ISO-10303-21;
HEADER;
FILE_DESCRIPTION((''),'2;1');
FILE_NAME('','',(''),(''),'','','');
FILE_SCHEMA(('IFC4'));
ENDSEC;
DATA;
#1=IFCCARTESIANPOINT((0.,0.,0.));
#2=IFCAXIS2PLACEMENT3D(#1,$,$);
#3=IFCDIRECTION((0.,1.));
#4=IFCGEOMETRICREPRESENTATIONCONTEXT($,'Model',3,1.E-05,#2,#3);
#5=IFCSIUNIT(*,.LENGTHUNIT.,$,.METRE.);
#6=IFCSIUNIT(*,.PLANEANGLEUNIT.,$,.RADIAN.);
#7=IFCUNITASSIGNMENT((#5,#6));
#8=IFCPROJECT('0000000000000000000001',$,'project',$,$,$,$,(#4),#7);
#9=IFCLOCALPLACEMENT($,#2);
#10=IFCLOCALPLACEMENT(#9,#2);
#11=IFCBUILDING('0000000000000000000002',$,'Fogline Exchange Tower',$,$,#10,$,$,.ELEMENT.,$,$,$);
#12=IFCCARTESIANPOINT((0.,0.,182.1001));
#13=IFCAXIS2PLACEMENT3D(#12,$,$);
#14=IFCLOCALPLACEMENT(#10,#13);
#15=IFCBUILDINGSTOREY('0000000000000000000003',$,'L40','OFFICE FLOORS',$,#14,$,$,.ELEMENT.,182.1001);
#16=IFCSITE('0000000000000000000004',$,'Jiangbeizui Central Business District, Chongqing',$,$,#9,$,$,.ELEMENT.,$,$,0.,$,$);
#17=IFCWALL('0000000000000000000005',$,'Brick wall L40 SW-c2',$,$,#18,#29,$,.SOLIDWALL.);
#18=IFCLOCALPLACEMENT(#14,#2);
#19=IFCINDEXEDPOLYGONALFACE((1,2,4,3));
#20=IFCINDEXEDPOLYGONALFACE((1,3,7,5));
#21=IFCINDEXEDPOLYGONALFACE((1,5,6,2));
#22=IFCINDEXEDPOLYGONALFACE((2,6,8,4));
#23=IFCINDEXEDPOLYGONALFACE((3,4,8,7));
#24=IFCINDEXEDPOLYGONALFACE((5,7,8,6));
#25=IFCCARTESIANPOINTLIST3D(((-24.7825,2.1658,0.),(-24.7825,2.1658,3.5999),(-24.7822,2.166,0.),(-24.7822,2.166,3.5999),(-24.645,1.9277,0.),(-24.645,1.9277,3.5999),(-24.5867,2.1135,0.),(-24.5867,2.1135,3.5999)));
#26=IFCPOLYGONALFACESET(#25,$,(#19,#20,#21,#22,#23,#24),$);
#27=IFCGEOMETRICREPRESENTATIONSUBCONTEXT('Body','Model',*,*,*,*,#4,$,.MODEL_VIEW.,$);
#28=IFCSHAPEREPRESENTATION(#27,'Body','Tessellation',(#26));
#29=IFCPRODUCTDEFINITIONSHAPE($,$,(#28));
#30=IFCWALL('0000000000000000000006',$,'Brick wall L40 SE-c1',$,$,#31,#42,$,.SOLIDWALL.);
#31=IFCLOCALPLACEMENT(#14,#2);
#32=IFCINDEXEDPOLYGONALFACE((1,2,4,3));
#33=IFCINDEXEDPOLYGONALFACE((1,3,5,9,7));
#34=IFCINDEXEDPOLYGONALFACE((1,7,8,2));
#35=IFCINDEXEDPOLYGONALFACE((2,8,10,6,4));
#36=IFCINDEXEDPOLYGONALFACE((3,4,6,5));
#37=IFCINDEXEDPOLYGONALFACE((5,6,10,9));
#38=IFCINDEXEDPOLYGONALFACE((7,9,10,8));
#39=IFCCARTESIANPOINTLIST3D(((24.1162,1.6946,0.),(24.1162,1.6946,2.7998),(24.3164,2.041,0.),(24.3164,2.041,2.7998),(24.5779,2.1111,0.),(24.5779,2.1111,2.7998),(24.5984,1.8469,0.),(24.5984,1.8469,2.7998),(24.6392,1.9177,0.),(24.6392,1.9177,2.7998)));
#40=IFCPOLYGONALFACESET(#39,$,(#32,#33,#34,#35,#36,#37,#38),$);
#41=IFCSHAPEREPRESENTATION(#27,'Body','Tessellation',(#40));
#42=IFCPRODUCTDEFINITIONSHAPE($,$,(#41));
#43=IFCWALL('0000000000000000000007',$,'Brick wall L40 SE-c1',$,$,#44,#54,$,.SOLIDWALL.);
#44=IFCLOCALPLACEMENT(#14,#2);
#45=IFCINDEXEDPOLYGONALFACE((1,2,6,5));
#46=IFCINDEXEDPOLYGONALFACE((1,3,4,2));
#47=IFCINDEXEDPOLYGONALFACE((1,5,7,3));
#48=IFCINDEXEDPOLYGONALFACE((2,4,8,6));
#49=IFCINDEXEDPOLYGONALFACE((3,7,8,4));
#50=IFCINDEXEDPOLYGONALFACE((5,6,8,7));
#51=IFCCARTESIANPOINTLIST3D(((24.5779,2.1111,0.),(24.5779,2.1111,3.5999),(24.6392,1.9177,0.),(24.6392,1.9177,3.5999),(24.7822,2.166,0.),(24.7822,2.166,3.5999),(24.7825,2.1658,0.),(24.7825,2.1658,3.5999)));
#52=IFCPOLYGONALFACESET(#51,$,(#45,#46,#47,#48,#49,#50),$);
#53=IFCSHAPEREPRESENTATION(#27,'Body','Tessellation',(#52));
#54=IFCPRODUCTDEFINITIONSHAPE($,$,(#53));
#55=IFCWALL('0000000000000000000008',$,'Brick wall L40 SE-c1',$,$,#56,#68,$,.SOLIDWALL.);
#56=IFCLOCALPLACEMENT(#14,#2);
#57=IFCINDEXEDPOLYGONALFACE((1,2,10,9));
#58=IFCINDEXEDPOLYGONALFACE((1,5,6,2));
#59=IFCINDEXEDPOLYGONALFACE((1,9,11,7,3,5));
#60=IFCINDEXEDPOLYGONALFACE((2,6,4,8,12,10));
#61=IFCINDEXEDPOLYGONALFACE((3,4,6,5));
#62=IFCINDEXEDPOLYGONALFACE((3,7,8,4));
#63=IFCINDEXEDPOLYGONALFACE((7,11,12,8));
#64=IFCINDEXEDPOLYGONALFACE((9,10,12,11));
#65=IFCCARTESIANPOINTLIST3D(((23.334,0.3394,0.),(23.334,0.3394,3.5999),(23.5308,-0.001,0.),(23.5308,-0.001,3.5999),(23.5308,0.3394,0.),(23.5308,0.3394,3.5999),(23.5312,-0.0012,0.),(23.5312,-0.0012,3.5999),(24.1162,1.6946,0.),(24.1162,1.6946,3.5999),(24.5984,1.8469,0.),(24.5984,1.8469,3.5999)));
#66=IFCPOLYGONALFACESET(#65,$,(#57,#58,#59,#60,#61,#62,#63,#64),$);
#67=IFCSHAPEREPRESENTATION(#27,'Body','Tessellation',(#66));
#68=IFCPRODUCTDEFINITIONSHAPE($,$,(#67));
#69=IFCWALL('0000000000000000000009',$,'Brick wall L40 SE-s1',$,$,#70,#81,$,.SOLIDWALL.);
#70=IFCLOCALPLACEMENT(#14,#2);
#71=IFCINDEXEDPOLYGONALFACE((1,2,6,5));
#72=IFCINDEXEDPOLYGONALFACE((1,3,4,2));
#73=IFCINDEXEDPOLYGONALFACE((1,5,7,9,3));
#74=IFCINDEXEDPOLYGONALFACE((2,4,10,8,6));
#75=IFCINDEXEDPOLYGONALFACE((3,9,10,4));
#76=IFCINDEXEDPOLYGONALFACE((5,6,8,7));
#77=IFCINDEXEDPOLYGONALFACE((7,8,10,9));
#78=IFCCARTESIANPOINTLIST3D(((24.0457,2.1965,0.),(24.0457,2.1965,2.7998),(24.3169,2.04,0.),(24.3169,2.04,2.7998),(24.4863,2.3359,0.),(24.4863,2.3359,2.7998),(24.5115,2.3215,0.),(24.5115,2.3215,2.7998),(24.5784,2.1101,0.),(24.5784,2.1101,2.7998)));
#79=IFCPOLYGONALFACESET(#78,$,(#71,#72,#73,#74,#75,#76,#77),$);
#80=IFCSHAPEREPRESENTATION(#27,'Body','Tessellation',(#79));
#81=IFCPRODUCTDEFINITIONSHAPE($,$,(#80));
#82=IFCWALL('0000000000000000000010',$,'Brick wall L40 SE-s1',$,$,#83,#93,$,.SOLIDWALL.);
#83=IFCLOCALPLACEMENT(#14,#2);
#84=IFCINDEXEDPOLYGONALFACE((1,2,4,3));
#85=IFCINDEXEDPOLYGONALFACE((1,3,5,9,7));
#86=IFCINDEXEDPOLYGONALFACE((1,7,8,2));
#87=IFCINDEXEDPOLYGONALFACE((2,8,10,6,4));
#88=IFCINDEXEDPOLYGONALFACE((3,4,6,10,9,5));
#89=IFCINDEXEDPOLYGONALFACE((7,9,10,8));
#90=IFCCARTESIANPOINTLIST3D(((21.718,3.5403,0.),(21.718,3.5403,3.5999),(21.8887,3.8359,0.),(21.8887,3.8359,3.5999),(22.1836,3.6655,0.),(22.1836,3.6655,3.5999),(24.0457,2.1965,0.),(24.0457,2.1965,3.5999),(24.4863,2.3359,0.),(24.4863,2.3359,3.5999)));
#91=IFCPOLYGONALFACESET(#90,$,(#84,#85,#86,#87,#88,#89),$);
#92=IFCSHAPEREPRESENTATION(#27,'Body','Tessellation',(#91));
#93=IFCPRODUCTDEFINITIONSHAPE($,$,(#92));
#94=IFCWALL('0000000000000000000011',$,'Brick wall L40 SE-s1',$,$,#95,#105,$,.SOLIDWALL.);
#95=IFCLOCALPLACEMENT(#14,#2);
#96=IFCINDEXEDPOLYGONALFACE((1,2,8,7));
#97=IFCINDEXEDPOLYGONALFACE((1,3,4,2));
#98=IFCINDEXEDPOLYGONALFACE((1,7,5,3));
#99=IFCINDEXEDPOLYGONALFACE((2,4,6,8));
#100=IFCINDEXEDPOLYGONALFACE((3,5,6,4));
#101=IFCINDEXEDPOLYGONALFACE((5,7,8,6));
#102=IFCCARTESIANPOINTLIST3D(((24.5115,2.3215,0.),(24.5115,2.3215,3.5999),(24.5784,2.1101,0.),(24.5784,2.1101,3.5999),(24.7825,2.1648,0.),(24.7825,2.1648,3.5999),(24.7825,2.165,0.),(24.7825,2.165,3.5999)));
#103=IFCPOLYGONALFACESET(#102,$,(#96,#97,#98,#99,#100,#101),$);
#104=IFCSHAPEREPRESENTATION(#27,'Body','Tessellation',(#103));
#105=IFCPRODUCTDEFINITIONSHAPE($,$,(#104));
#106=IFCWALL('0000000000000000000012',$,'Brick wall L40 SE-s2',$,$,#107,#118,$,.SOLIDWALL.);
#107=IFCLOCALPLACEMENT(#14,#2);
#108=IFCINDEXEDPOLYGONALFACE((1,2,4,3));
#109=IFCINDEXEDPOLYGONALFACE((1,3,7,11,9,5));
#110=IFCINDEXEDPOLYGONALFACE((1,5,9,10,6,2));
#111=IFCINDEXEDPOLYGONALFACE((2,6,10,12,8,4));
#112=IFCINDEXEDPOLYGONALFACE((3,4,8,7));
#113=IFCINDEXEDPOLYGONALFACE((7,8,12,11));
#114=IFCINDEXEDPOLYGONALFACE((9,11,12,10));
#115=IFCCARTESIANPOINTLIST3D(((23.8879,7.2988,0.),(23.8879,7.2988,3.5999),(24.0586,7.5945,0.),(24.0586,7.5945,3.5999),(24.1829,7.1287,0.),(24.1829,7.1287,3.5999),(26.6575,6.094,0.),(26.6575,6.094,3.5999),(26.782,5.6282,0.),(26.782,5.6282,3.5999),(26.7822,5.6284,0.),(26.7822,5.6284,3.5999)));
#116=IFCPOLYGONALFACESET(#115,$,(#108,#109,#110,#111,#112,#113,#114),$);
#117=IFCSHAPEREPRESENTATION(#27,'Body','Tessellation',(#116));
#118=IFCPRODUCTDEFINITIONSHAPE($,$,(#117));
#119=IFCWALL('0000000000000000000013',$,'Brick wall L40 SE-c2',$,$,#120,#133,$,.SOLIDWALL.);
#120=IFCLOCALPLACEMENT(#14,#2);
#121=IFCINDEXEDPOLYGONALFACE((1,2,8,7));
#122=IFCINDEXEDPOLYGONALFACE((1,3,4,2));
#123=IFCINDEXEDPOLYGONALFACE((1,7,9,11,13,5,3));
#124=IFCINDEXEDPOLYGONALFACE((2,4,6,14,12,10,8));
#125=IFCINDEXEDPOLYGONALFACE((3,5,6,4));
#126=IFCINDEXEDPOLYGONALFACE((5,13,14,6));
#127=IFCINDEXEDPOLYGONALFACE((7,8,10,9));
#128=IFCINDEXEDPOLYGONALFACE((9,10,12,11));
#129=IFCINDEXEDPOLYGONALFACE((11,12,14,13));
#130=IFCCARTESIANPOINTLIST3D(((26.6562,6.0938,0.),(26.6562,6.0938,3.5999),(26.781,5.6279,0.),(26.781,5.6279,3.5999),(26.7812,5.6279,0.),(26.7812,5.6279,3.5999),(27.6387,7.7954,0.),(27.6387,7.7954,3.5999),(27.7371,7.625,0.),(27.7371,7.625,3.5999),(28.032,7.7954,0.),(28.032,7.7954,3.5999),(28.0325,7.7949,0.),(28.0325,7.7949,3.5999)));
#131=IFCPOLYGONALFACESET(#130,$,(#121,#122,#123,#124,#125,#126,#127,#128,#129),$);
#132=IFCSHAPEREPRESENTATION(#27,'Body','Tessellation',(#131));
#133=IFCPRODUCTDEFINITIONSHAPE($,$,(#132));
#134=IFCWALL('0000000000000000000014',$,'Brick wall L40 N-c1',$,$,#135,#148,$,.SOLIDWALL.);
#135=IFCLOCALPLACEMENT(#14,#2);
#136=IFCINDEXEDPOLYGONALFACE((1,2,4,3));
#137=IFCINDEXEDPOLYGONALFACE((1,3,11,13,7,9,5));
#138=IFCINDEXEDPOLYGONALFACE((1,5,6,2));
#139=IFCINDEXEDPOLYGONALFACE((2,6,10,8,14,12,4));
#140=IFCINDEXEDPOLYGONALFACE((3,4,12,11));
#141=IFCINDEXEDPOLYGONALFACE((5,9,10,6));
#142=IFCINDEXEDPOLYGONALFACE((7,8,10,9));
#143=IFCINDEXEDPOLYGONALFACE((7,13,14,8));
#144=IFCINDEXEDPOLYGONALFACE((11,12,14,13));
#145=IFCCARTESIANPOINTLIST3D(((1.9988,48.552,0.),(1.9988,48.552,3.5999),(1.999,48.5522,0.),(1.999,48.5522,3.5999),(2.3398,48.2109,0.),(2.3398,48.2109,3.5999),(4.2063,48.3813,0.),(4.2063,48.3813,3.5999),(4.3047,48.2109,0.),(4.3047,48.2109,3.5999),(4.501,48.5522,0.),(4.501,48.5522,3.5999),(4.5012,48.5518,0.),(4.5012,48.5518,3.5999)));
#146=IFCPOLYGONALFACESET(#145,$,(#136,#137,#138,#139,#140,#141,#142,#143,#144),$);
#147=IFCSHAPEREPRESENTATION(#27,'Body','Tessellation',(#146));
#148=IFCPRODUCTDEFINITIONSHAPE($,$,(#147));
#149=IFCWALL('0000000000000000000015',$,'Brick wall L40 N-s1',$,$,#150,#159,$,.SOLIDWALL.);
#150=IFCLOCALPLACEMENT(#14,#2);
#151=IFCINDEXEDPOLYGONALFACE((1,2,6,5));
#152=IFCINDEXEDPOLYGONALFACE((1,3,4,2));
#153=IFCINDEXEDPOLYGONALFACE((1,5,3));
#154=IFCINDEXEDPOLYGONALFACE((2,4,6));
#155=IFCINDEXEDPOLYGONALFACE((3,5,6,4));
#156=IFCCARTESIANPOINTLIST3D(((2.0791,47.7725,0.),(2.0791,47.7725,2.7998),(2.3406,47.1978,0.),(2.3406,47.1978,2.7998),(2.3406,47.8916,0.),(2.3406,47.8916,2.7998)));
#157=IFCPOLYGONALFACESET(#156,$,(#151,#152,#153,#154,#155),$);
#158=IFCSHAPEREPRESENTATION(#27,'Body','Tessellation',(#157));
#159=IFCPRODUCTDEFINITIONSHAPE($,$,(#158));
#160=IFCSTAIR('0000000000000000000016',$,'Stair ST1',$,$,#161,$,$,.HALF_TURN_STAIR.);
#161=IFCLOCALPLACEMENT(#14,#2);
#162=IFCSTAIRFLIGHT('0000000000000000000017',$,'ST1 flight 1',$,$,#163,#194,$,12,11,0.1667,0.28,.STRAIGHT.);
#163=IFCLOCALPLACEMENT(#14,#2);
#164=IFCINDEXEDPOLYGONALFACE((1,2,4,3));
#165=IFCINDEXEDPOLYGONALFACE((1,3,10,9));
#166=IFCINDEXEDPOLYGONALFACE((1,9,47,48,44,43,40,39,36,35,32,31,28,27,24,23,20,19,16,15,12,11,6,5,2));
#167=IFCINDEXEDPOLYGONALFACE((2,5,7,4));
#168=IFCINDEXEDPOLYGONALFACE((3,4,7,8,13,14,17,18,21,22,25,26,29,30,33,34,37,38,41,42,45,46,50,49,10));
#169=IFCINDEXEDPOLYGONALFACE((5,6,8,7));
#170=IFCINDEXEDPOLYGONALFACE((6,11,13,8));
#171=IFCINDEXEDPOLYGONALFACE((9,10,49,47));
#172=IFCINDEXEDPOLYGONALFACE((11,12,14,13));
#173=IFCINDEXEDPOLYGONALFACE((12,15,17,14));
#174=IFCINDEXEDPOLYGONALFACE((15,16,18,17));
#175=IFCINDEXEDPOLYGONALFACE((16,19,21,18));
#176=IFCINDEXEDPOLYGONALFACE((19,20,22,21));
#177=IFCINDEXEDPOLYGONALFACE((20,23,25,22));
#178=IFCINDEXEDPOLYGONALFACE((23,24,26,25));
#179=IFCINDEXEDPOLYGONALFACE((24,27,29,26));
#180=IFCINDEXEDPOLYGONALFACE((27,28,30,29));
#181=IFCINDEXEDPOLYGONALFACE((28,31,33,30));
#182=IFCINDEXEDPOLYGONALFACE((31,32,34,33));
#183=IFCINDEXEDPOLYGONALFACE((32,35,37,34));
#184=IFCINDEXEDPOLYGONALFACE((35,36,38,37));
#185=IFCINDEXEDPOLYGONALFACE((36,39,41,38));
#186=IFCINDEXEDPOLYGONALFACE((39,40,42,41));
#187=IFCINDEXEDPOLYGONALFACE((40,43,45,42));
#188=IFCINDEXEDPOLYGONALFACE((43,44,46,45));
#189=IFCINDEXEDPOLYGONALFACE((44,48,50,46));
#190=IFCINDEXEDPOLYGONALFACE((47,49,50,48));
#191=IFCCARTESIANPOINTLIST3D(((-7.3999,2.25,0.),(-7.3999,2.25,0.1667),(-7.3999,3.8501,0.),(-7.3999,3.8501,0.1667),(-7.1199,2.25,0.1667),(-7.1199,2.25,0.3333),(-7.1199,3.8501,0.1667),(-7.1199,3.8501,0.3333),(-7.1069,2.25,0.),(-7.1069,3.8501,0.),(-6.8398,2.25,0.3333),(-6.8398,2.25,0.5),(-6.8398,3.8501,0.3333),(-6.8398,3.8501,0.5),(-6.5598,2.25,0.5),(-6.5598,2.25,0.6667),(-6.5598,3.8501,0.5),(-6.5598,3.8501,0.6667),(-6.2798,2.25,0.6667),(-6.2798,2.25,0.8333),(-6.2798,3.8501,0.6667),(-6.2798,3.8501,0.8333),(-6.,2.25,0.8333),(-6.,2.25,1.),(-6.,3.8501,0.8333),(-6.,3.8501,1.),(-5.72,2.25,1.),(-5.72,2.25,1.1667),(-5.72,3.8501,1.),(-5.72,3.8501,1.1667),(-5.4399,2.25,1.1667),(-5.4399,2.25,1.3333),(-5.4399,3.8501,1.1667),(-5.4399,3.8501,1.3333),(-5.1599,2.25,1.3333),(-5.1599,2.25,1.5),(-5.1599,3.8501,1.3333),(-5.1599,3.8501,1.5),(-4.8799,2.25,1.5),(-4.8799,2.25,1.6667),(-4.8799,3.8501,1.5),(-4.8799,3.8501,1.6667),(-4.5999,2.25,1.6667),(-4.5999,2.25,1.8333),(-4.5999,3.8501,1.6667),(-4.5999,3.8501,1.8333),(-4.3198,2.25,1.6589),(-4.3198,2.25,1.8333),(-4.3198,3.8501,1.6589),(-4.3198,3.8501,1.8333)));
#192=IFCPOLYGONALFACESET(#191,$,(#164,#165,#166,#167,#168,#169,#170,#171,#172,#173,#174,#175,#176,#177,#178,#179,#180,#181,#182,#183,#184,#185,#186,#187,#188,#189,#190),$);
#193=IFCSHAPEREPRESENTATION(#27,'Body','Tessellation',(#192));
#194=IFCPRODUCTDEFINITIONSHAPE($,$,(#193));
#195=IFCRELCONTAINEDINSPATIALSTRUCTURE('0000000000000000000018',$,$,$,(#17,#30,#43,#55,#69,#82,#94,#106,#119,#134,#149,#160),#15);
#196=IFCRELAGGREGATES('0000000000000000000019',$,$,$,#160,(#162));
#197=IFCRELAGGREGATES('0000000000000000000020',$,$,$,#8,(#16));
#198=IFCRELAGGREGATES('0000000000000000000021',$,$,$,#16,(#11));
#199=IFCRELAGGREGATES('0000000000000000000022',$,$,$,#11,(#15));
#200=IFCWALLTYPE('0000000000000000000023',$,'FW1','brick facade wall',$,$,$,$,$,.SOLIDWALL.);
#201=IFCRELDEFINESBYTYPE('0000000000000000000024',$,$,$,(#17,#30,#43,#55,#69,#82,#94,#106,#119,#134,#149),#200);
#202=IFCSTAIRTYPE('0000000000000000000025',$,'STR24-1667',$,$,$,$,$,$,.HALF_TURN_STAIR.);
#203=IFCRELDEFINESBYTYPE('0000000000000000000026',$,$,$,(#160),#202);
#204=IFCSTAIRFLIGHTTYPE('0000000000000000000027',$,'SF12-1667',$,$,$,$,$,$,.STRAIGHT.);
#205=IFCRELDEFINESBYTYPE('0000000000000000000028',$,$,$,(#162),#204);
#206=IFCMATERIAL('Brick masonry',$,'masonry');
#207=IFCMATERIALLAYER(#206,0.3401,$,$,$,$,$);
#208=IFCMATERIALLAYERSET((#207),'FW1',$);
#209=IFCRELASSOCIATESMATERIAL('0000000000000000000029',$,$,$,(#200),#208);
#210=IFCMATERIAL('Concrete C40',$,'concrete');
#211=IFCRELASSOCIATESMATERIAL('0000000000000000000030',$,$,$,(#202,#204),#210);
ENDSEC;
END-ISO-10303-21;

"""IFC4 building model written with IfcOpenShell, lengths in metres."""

from ifc_helpers import new_model, si_unit, direction, frame, origin, place, context, subcontext, project, spatial, polyline, outline, extrude, material, layer, layer_set, type_object, element, aggregate, save


model = new_model("IFC4")

# Units and contexts
model_context = context("Model", 3, precision=1e-05, world=origin(), true_north=direction((0.0, 1.0)))
body_context = subcontext(model_context, "Body", "Model", "MODEL_VIEW")
ifc_project = project(units=[si_unit("LENGTHUNIT", "METRE"), si_unit("PLANEANGLEUNIT", "RADIAN")], contexts=[model_context])

# Site, building, storey
site_placement = place(None, origin())
site = spatial("IfcSite", under=ifc_project, at=site_placement, Name="Jiangbeizui Central Business District, Chongqing", CompositionType="ELEMENT", RefElevation=0.0)
building_placement = place(site_placement, origin())
building = spatial("IfcBuilding", under=site, at=building_placement, Name="Fogline Exchange Tower", CompositionType="ELEMENT")
storey_placement = place(building_placement, frame((0.0, 0.0, 182.1001)))
storey = spatial("IfcBuildingStorey", under=building, at=storey_placement, Name="L40", Description="OFFICE FLOORS", CompositionType="ELEMENT", Elevation=182.1001)

# Shared definitions
ifc_material_1 = material(Name="Concrete C40", Category="concrete")

# Walls
ifc_material_2 = material(Name="Brick masonry", Category="masonry")
ifc_layer_1 = layer(ifc_material_2, 0.3401)
ifc_layer_set_1 = layer_set([ifc_layer_1], Name="FW1")
wall_type_1 = type_object("IfcWallType", Name="FW1", Description="brick facade wall", PredefinedType="SOLIDWALL", material=ifc_layer_set_1)
wall_1_placement = place(storey_placement, origin())
element("IfcWall", 1, at=wall_1_placement, inside=storey, type_object=wall_type_1, Name="Brick wall L40 SW-c2", PredefinedType="SOLIDWALL", context=body_context, shape_type="SweptSolid", body=[
    extrude(outline(polyline([(-24.7825, 2.1658), (-24.7822, 2.166), (-24.5867, 2.1135), (-24.645, 1.9277), (-24.7825, 2.1658)])), origin(), (0.0, 0.0, 1.0), 3.5999),
])
wall_2_placement = place(storey_placement, origin())
element("IfcWall", 2, at=wall_2_placement, inside=storey, type_object=wall_type_1, Name="Brick wall L40 SE-c1", PredefinedType="SOLIDWALL", context=body_context, shape_type="SweptSolid", body=[
    extrude(outline(polyline([(24.5984, 1.8469), (24.1162, 1.6946), (24.3164, 2.041), (24.5779, 2.1111), (24.6392, 1.9177), (24.5984, 1.8469)])), origin(), (0.0, 0.0, 1.0), 2.7998),
])
wall_3_placement = place(storey_placement, origin())
element("IfcWall", 3, at=wall_3_placement, inside=storey, type_object=wall_type_1, Name="Brick wall L40 SE-c1", PredefinedType="SOLIDWALL", context=body_context, shape_type="SweptSolid", body=[
    extrude(outline(polyline([(24.6392, 1.9177), (24.5779, 2.1111), (24.7822, 2.166), (24.7825, 2.1658), (24.6392, 1.9177)])), origin(), (0.0, 0.0, 1.0), 3.5999),
])
wall_4_placement = place(storey_placement, origin())
element("IfcWall", 4, at=wall_4_placement, inside=storey, type_object=wall_type_1, Name="Brick wall L40 SE-c1", PredefinedType="SOLIDWALL", context=body_context, shape_type="SweptSolid", body=[
    extrude(outline(polyline([(23.5312, -0.0012), (23.5308, -0.001), (23.5308, 0.3394), (23.334, 0.3394), (24.1162, 1.6946), (24.5984, 1.8469), (23.5312, -0.0012)])), origin(), (0.0, 0.0, 1.0), 3.5999),
])
wall_5_placement = place(storey_placement, origin())
element("IfcWall", 5, at=wall_5_placement, inside=storey, type_object=wall_type_1, Name="Brick wall L40 SE-s1", PredefinedType="SOLIDWALL", context=body_context, shape_type="SweptSolid", body=[
    extrude(outline(polyline([(24.5115, 2.3215), (24.5784, 2.1101), (24.3169, 2.04), (24.0457, 2.1965), (24.4863, 2.3359), (24.5115, 2.3215)])), origin(), (0.0, 0.0, 1.0), 2.7998),
])
wall_6_placement = place(storey_placement, origin())
element("IfcWall", 6, at=wall_6_placement, inside=storey, type_object=wall_type_1, Name="Brick wall L40 SE-s1", PredefinedType="SOLIDWALL", context=body_context, shape_type="SweptSolid", body=[
    extrude(outline(polyline([(21.8887, 3.8359), (22.1836, 3.6655), (24.4863, 2.3359), (24.0457, 2.1965), (21.718, 3.5403), (21.8887, 3.8359)])), origin(), (0.0, 0.0, 1.0), 3.5999),
])
wall_7_placement = place(storey_placement, origin())
element("IfcWall", 7, at=wall_7_placement, inside=storey, type_object=wall_type_1, Name="Brick wall L40 SE-s1", PredefinedType="SOLIDWALL", context=body_context, shape_type="SweptSolid", body=[
    extrude(outline(polyline([(24.7825, 2.165), (24.7825, 2.1648), (24.5784, 2.1101), (24.5115, 2.3215), (24.7825, 2.165)])), origin(), (0.0, 0.0, 1.0), 3.5999),
])
wall_8_placement = place(storey_placement, origin())
element("IfcWall", 8, at=wall_8_placement, inside=storey, type_object=wall_type_1, Name="Brick wall L40 SE-s2", PredefinedType="SOLIDWALL", context=body_context, shape_type="SweptSolid", body=[
    extrude(outline(polyline([(26.782, 5.6282), (24.1829, 7.1287), (23.8879, 7.2988), (24.0586, 7.5945), (26.6575, 6.094), (26.7822, 5.6284), (26.782, 5.6282)])), origin(), (0.0, 0.0, 1.0), 3.5999),
])
wall_9_placement = place(storey_placement, origin())
element("IfcWall", 9, at=wall_9_placement, inside=storey, type_object=wall_type_1, Name="Brick wall L40 SE-c2", PredefinedType="SOLIDWALL", context=body_context, shape_type="SweptSolid", body=[
    extrude(outline(polyline([(27.6387, 7.7954), (27.7371, 7.625), (28.032, 7.7954), (28.0325, 7.7949), (26.7812, 5.6279), (26.781, 5.6279), (26.6562, 6.0938), (27.6387, 7.7954)])), origin(), (0.0, 0.0, 1.0), 3.5999),
])
wall_10_placement = place(storey_placement, origin())
element("IfcWall", 10, at=wall_10_placement, inside=storey, type_object=wall_type_1, Name="Brick wall L40 N-c1", PredefinedType="SOLIDWALL", context=body_context, shape_type="SweptSolid", body=[
    extrude(outline(polyline([(1.999, 48.5522), (4.501, 48.5522), (4.5012, 48.5518), (4.2063, 48.3813), (4.3047, 48.2109), (2.3398, 48.2109), (1.9988, 48.552), (1.999, 48.5522)])), origin(), (0.0, 0.0, 1.0), 3.5999),
])
wall_11_placement = place(storey_placement, origin())
element("IfcWall", 11, at=wall_11_placement, inside=storey, type_object=wall_type_1, Name="Brick wall L40 N-s1", PredefinedType="SOLIDWALL", context=body_context, shape_type="SweptSolid", body=[
    extrude(outline(polyline([(2.3406, 47.1978), (2.0791, 47.7725), (2.3406, 47.8916), (2.3406, 47.1978)])), origin(), (0.0, 0.0, 1.0), 2.7998),
])

# Stair, stair flight
stair_type = type_object("IfcStairType", Name="STR24-1667", PredefinedType="HALF_TURN_STAIR", material=ifc_material_1)
stair_placement = place(storey_placement, origin())
stair = element("IfcStair", 12, at=stair_placement, inside=storey, type_object=stair_type, Name="Stair ST1", PredefinedType="HALF_TURN_STAIR")
stair_flight_type = type_object("IfcStairFlightType", Name="SF12-1667", PredefinedType="STRAIGHT", material=ifc_material_1)
stair_flight_1_placement = place(storey_placement, frame((-7.3999, 3.05, 0.0), z_axis=(0.0, 0.0, 1.0), x_axis=(1.0, 0.0, 0.0)))
stair_flight_1 = element("IfcStairFlight", 13, at=stair_flight_1_placement, type_object=stair_flight_type, Name="ST1 flight 1", NumberOfRisers=12, NumberOfTreads=11, PredefinedType="STRAIGHT", RiserHeight=0.1667, TreadLength=0.28, context=body_context, shape_type="SweptSolid", body=[
    extrude(outline(polyline([(0.0, 0.0), (0.0, 0.1667), (0.28, 0.1667), (0.28, 0.3333), (0.5601, 0.3333), (0.5601, 0.5), (0.8401, 0.5), (0.8401, 0.6667), (1.1201, 0.6667), (1.1201, 0.8333), (1.3999, 0.8333), (1.3999, 1.0), (1.6799, 1.0), (1.6799, 1.1667), (1.96, 1.1667), (1.96, 1.3333), (2.24, 1.3333), (2.24, 1.5), (2.52, 1.5), (2.52, 1.6667), (2.8, 1.6667), (2.8, 1.8333), (3.0801, 1.8333), (3.0801, 2.0), (3.0801, 1.6589), (0.293, 0.0), (0.0, 0.0)])), frame((0.0, 0.8, 0.0), z_axis=(0.0, -1.0, 0.0), x_axis=(1.0, 0.0, 0.0)), (0.0, 0.0, 1.0), 1.6001),
])
aggregate(stair, [stair_flight_1])

save(model, "model.ifc")
